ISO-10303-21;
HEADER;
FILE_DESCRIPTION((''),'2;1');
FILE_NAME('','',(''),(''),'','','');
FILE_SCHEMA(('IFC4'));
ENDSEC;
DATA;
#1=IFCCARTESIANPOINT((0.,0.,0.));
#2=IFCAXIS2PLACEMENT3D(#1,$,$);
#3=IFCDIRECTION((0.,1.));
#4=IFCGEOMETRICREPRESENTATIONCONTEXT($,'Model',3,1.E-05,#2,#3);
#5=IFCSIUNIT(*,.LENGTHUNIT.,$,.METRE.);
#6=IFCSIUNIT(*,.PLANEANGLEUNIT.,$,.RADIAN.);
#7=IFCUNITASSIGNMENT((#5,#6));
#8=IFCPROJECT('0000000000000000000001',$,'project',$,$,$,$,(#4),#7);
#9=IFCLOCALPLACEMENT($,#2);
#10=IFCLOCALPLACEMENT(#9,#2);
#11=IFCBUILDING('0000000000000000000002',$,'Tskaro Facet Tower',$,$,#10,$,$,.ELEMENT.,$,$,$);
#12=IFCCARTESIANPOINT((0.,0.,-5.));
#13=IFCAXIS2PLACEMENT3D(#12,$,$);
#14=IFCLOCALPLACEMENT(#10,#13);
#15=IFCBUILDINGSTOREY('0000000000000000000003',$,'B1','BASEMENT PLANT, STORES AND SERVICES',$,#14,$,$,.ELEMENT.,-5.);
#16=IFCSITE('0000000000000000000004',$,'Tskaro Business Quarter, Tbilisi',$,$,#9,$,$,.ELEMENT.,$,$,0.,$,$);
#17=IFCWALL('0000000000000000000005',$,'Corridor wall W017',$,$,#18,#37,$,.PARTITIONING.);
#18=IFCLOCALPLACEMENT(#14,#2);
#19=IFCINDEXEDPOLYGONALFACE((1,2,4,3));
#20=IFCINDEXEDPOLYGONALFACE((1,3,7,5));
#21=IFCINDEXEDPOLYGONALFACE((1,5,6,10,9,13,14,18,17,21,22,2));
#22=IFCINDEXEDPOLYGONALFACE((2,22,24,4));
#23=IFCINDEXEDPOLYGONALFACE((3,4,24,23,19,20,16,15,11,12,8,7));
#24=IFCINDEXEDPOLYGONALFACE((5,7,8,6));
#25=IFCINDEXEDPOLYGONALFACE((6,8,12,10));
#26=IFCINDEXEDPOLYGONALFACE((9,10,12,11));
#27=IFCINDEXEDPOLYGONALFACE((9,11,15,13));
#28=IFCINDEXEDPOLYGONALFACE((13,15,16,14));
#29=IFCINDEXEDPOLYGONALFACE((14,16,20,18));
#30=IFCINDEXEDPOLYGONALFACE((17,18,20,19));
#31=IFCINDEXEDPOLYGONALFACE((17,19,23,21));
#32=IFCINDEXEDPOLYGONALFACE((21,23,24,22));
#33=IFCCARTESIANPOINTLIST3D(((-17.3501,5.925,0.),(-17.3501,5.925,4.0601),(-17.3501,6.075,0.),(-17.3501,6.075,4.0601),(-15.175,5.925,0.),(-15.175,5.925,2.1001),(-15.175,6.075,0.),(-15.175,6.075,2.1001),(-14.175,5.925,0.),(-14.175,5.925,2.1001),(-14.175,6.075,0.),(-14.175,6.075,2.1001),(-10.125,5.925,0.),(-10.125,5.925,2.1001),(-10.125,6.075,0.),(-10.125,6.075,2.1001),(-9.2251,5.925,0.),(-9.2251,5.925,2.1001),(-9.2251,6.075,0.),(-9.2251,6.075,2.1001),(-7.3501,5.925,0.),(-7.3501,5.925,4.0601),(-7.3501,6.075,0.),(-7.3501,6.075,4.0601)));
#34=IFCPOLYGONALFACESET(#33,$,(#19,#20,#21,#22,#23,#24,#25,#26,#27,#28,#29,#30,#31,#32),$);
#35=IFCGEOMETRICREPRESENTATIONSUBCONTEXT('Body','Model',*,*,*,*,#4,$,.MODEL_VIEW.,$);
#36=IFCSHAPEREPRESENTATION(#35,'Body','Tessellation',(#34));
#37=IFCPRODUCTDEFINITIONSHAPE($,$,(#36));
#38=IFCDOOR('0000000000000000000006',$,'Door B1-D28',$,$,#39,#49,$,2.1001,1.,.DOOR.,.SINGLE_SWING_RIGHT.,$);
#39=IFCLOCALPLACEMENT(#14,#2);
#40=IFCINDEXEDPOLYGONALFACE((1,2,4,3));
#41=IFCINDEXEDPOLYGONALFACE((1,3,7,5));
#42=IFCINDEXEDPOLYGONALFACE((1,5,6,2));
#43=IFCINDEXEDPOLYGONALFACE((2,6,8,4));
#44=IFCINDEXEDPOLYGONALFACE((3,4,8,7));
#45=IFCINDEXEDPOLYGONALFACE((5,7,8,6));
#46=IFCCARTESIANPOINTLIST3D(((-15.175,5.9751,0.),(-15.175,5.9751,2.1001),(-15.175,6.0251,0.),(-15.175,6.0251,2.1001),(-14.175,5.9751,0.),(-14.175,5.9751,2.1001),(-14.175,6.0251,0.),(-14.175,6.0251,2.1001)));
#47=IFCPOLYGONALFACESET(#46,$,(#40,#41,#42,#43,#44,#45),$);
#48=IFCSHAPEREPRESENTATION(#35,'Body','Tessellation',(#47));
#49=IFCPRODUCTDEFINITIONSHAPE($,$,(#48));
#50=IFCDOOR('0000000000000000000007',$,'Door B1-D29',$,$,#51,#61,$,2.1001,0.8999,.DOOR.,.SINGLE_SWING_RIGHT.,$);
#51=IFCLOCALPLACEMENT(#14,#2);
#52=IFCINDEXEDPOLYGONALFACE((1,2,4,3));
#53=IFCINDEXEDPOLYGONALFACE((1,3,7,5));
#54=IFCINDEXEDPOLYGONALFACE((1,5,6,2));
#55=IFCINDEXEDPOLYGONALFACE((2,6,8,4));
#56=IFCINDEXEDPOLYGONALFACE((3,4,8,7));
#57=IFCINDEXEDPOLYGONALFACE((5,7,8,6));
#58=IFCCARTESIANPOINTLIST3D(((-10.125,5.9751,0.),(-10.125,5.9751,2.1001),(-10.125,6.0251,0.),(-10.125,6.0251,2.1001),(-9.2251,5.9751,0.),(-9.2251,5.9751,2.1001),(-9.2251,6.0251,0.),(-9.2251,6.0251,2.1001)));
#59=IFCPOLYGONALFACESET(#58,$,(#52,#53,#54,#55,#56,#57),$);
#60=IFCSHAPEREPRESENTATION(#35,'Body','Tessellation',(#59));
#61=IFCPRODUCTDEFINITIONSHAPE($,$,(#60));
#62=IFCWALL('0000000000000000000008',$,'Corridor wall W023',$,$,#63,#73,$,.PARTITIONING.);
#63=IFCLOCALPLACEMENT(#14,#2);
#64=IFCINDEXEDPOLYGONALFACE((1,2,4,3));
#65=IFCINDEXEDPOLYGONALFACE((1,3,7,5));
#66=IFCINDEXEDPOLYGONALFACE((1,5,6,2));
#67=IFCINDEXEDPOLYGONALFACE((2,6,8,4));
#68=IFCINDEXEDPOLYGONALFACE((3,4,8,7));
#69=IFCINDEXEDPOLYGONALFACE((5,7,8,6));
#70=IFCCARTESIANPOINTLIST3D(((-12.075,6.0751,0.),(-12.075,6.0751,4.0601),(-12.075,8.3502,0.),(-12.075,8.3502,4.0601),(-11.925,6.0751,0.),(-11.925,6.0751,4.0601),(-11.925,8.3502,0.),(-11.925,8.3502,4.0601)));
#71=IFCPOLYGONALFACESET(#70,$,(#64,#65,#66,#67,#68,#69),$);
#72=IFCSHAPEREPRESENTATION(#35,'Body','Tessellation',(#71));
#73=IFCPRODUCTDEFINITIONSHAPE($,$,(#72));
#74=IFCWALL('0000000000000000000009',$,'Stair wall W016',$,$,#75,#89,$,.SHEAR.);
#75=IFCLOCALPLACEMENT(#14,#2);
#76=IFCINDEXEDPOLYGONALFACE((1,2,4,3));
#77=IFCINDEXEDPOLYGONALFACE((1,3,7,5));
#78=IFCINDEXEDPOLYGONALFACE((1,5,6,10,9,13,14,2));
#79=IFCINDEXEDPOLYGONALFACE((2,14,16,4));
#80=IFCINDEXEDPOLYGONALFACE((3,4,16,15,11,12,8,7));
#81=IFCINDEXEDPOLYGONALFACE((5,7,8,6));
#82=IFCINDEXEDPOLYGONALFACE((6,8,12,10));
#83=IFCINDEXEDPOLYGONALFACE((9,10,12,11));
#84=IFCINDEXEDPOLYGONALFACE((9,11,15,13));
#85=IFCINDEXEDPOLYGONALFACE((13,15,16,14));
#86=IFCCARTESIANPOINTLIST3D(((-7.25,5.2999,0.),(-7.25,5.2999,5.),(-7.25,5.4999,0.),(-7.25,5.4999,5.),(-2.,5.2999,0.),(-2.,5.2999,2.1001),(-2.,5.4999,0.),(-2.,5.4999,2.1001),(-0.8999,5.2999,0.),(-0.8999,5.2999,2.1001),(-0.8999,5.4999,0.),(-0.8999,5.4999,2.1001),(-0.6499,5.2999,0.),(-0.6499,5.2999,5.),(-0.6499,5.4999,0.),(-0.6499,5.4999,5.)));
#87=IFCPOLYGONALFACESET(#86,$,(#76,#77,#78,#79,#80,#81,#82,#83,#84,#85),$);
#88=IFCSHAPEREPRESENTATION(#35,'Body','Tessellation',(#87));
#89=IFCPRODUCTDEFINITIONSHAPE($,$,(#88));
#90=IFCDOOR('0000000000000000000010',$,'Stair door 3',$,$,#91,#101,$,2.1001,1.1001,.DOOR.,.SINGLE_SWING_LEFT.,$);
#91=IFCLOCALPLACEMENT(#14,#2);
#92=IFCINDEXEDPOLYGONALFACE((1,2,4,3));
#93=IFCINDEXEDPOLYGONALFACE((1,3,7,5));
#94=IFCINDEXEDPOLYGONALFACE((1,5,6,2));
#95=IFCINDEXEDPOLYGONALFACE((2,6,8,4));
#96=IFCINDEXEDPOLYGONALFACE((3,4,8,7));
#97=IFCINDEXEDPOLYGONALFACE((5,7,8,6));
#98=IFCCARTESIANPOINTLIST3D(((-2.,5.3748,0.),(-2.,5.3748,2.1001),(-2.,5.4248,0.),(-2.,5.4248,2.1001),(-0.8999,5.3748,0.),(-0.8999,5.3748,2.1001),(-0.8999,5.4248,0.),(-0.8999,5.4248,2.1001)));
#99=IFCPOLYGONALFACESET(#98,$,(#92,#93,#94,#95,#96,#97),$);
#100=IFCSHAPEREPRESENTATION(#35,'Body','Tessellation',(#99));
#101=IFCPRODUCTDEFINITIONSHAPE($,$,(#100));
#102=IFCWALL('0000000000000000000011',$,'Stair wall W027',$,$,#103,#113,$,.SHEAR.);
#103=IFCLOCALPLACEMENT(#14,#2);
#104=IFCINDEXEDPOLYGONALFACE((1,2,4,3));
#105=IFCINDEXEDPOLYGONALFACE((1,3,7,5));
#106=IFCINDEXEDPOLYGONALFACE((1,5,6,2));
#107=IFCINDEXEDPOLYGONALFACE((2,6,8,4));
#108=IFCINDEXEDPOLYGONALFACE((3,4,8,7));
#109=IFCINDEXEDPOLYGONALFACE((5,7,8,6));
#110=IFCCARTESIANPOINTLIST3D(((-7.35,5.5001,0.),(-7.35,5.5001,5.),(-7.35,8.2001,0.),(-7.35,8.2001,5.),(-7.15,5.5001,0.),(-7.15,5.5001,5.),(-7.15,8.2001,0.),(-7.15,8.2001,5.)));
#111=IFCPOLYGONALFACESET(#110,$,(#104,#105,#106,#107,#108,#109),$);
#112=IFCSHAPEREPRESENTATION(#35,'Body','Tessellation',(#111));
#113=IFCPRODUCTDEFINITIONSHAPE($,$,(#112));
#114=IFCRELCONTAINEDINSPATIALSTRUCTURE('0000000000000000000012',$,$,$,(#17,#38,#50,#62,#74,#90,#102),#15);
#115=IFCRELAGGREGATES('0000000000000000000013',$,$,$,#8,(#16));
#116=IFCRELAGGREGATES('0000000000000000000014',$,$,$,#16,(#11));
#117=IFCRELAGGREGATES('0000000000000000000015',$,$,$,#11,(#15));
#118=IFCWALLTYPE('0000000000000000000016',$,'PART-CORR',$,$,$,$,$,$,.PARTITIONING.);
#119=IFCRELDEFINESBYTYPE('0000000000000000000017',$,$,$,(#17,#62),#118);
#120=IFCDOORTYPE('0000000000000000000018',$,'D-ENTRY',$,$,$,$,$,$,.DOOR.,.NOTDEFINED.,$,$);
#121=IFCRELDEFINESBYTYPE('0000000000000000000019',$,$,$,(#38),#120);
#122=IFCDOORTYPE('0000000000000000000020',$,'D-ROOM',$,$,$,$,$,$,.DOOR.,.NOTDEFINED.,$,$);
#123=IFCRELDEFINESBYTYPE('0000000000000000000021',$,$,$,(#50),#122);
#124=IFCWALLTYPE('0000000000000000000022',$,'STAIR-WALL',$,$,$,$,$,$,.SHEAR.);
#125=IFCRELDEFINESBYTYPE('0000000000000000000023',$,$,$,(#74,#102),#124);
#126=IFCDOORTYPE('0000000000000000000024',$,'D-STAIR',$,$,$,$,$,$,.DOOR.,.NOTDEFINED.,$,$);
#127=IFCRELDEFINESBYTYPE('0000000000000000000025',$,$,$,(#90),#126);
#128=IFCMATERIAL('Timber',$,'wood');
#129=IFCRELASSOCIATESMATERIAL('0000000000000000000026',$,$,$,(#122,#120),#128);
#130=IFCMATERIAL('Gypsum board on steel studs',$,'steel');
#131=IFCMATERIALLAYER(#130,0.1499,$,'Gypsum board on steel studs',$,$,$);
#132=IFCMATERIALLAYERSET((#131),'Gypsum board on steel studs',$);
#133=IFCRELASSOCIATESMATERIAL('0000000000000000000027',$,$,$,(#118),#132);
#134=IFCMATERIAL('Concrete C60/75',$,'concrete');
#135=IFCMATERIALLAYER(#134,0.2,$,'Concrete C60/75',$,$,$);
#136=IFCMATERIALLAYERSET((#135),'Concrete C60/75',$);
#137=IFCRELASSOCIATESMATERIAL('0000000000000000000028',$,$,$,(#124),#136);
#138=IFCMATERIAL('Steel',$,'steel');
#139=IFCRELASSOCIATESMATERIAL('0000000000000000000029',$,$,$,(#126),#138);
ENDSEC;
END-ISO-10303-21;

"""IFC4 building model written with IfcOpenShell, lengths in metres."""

from ifc_helpers import new_model, si_unit, direction, frame, frame_2d, origin, place, context, subcontext, project, spatial, rectangle, extrude, material, layer, layer_set, type_object, element, fill, save


model = new_model("IFC4")

# Units and contexts
model_context = context("Model", 3, precision=1e-05, world=origin(), true_north=direction((0.0, 1.0)))
body_context = subcontext(model_context, "Body", "Model", "MODEL_VIEW")
ifc_project = project(units=[si_unit("LENGTHUNIT", "METRE"), si_unit("PLANEANGLEUNIT", "RADIAN")], contexts=[model_context])

# Site, building, storey
site_placement = place(None, origin())
site = spatial("IfcSite", under=ifc_project, at=site_placement, Name="Tskaro Business Quarter, Tbilisi", CompositionType="ELEMENT", RefElevation=0.0)
building_placement = place(site_placement, origin())
building = spatial("IfcBuilding", under=site, at=building_placement, Name="Tskaro Facet Tower", CompositionType="ELEMENT")
storey_placement = place(building_placement, frame((0.0, 0.0, -5.0)))
storey = spatial("IfcBuildingStorey", under=building, at=storey_placement, Name="B1", Description="BASEMENT PLANT, STORES AND SERVICES", CompositionType="ELEMENT", Elevation=-5.0)

# Shared definitions
ifc_material_1 = material(Name="Concrete C60/75", Category="concrete")

# Wall, openings, doors
ifc_material_2 = material(Name="Steel", Category="steel")
ifc_material_3 = material(Name="Timber", Category="wood")
door_type_1 = type_object("IfcDoorType", Name="D-ROOM", OperationType="NOTDEFINED", PredefinedType="DOOR", material=ifc_material_3)
ifc_material_4 = material(Name="Gypsum board on steel studs", Category="steel")
ifc_layer_1 = layer(ifc_material_4, 0.1499, Name="Gypsum board on steel studs")
ifc_layer_set_1 = layer_set([ifc_layer_1], Name="Gypsum board on steel studs")
wall_type_1 = type_object("IfcWallType", Name="PART-CORR", PredefinedType="PARTITIONING", material=ifc_layer_set_1)
wall_1_placement = place(storey_placement, frame((-7.3501, 6.0, 0.0), z_axis=(0.0, 0.0, 1.0), x_axis=(-1.0, 0.0, 0.0)))
wall_1 = element("IfcWall", 1, at=wall_1_placement, inside=storey, type_object=wall_type_1, Name="Corridor wall W017", PredefinedType="PARTITIONING", context=body_context, shape_type="SweptSolid", body=[
    extrude(rectangle(XDim=10.0, YDim=0.1499, at=frame_2d((5.0, 0.0))), origin(), (0.0, 0.0, 1.0), 4.0601),
])
opening_1_placement = place(wall_1_placement, frame((6.825, 0.0, 0.0)))
opening_1 = element("IfcOpeningElement", 2, at=opening_1_placement, cuts=wall_1, PredefinedType="OPENING", context=body_context, shape_type="SweptSolid", body=[
    extrude(rectangle(XDim=1.0, YDim=2.1001, at=frame_2d((0.5, 1.05))), frame((0.0, 0.085, 0.0), z_axis=(0.0, -1.0, 0.0), x_axis=(1.0, 0.0, 0.0)), (0.0, 0.0, 1.0), 0.1699),
])
opening_2_placement = place(wall_1_placement, frame((1.875, 0.0, 0.0)))
opening_2 = element("IfcOpeningElement", 3, at=opening_2_placement, cuts=wall_1, PredefinedType="OPENING", context=body_context, shape_type="SweptSolid", body=[
    extrude(rectangle(XDim=0.8999, YDim=2.1001, at=frame_2d((0.45, 1.05))), frame((0.0, 0.085, 0.0), z_axis=(0.0, -1.0, 0.0), x_axis=(1.0, 0.0, 0.0)), (0.0, 0.0, 1.0), 0.1699),
])
door_type_2 = type_object("IfcDoorType", Name="D-ENTRY", OperationType="NOTDEFINED", PredefinedType="DOOR", material=ifc_material_3)
door_1_placement = place(opening_1_placement, origin())
door_1 = element("IfcDoor", 4, at=door_1_placement, inside=storey, type_object=door_type_2, Name="Door B1-D28", OperationType="SINGLE_SWING_RIGHT", OverallHeight=2.1001, OverallWidth=1.0, PredefinedType="DOOR", context=body_context, shape_type="SweptSolid", body=[
    extrude(rectangle(XDim=1.0, YDim=2.1001, at=frame_2d((0.5, 1.05))), frame((0.0, 0.0249, 0.0), z_axis=(0.0, -1.0, 0.0), x_axis=(1.0, 0.0, 0.0)), (0.0, 0.0, 1.0), 0.05),
])
fill(opening_1, door_1)
door_2_placement = place(opening_2_placement, origin())
door_2 = element("IfcDoor", 5, at=door_2_placement, inside=storey, type_object=door_type_1, Name="Door B1-D29", OperationType="SINGLE_SWING_RIGHT", OverallHeight=2.1001, OverallWidth=0.8999, PredefinedType="DOOR", context=body_context, shape_type="SweptSolid", body=[
    extrude(rectangle(XDim=0.8999, YDim=2.1001, at=frame_2d((0.45, 1.05))), frame((0.0, 0.0249, 0.0), z_axis=(0.0, -1.0, 0.0), x_axis=(1.0, 0.0, 0.0)), (0.0, 0.0, 1.0), 0.05),
])
fill(opening_2, door_2)

# Wall
wall_2_placement = place(storey_placement, frame((-12.0, 6.075, 0.0), z_axis=(0.0, 0.0, 1.0), x_axis=(0.0, 1.0, 0.0)))
element("IfcWall", 6, at=wall_2_placement, inside=storey, type_object=wall_type_1, Name="Corridor wall W023", PredefinedType="PARTITIONING", context=body_context, shape_type="SweptSolid", body=[
    extrude(rectangle(XDim=2.2751, YDim=0.1499, at=frame_2d((1.1377, 0.0))), origin(), (0.0, 0.0, 1.0), 4.0601),
])

# Wall, opening, door
ifc_layer_2 = layer(ifc_material_1, 0.2, Name="Concrete C60/75")
ifc_layer_set_2 = layer_set([ifc_layer_2], Name="Concrete C60/75")
wall_type_2 = type_object("IfcWallType", Name="STAIR-WALL", PredefinedType="SHEAR", material=ifc_layer_set_2)
wall_3_placement = place(storey_placement, frame((-7.25, 5.3999, 0.0), z_axis=(0.0, 0.0, 1.0), x_axis=(1.0, 0.0, 0.0)))
wall_3 = element("IfcWall", 7, at=wall_3_placement, inside=storey, type_object=wall_type_2, Name="Stair wall W016", PredefinedType="SHEAR", context=body_context, shape_type="SweptSolid", body=[
    extrude(rectangle(XDim=6.6001, YDim=0.2, at=frame_2d((3.3, 0.0))), origin(), (0.0, 0.0, 1.0), 5.0),
])
opening_3_placement = place(wall_3_placement, frame((5.25, 0.0, 0.0)))
opening_3 = element("IfcOpeningElement", 8, at=opening_3_placement, cuts=wall_3, PredefinedType="OPENING", context=body_context, shape_type="SweptSolid", body=[
    extrude(rectangle(XDim=1.1001, YDim=2.1001, at=frame_2d((0.55, 1.05))), frame((0.0, 0.1099, 0.0), z_axis=(0.0, -1.0, 0.0), x_axis=(1.0, 0.0, 0.0)), (0.0, 0.0, 1.0), 0.22),
])
door_type_3 = type_object("IfcDoorType", Name="D-STAIR", OperationType="NOTDEFINED", PredefinedType="DOOR", material=ifc_material_2)
door_3_placement = place(opening_3_placement, origin())
door_3 = element("IfcDoor", 9, at=door_3_placement, inside=storey, type_object=door_type_3, Name="Stair door 3", OperationType="SINGLE_SWING_LEFT", OverallHeight=2.1001, OverallWidth=1.1001, PredefinedType="DOOR", context=body_context, shape_type="SweptSolid", body=[
    extrude(rectangle(XDim=1.1001, YDim=2.1001, at=frame_2d((0.55, 1.05))), frame((0.0, 0.0249, 0.0), z_axis=(0.0, -1.0, 0.0), x_axis=(1.0, 0.0, 0.0)), (0.0, 0.0, 1.0), 0.05),
])
fill(opening_3, door_3)

# Wall
wall_4_placement = place(storey_placement, frame((-7.25, 5.5, 0.0), z_axis=(0.0, 0.0, 1.0), x_axis=(0.0, 1.0, 0.0)))
element("IfcWall", 10, at=wall_4_placement, inside=storey, type_object=wall_type_2, Name="Stair wall W027", PredefinedType="SHEAR", context=body_context, shape_type="SweptSolid", body=[
    extrude(rectangle(XDim=2.7, YDim=0.2, at=frame_2d((1.3501, 0.0))), origin(), (0.0, 0.0, 1.0), 5.0),
])

save(model, "model.ifc")
